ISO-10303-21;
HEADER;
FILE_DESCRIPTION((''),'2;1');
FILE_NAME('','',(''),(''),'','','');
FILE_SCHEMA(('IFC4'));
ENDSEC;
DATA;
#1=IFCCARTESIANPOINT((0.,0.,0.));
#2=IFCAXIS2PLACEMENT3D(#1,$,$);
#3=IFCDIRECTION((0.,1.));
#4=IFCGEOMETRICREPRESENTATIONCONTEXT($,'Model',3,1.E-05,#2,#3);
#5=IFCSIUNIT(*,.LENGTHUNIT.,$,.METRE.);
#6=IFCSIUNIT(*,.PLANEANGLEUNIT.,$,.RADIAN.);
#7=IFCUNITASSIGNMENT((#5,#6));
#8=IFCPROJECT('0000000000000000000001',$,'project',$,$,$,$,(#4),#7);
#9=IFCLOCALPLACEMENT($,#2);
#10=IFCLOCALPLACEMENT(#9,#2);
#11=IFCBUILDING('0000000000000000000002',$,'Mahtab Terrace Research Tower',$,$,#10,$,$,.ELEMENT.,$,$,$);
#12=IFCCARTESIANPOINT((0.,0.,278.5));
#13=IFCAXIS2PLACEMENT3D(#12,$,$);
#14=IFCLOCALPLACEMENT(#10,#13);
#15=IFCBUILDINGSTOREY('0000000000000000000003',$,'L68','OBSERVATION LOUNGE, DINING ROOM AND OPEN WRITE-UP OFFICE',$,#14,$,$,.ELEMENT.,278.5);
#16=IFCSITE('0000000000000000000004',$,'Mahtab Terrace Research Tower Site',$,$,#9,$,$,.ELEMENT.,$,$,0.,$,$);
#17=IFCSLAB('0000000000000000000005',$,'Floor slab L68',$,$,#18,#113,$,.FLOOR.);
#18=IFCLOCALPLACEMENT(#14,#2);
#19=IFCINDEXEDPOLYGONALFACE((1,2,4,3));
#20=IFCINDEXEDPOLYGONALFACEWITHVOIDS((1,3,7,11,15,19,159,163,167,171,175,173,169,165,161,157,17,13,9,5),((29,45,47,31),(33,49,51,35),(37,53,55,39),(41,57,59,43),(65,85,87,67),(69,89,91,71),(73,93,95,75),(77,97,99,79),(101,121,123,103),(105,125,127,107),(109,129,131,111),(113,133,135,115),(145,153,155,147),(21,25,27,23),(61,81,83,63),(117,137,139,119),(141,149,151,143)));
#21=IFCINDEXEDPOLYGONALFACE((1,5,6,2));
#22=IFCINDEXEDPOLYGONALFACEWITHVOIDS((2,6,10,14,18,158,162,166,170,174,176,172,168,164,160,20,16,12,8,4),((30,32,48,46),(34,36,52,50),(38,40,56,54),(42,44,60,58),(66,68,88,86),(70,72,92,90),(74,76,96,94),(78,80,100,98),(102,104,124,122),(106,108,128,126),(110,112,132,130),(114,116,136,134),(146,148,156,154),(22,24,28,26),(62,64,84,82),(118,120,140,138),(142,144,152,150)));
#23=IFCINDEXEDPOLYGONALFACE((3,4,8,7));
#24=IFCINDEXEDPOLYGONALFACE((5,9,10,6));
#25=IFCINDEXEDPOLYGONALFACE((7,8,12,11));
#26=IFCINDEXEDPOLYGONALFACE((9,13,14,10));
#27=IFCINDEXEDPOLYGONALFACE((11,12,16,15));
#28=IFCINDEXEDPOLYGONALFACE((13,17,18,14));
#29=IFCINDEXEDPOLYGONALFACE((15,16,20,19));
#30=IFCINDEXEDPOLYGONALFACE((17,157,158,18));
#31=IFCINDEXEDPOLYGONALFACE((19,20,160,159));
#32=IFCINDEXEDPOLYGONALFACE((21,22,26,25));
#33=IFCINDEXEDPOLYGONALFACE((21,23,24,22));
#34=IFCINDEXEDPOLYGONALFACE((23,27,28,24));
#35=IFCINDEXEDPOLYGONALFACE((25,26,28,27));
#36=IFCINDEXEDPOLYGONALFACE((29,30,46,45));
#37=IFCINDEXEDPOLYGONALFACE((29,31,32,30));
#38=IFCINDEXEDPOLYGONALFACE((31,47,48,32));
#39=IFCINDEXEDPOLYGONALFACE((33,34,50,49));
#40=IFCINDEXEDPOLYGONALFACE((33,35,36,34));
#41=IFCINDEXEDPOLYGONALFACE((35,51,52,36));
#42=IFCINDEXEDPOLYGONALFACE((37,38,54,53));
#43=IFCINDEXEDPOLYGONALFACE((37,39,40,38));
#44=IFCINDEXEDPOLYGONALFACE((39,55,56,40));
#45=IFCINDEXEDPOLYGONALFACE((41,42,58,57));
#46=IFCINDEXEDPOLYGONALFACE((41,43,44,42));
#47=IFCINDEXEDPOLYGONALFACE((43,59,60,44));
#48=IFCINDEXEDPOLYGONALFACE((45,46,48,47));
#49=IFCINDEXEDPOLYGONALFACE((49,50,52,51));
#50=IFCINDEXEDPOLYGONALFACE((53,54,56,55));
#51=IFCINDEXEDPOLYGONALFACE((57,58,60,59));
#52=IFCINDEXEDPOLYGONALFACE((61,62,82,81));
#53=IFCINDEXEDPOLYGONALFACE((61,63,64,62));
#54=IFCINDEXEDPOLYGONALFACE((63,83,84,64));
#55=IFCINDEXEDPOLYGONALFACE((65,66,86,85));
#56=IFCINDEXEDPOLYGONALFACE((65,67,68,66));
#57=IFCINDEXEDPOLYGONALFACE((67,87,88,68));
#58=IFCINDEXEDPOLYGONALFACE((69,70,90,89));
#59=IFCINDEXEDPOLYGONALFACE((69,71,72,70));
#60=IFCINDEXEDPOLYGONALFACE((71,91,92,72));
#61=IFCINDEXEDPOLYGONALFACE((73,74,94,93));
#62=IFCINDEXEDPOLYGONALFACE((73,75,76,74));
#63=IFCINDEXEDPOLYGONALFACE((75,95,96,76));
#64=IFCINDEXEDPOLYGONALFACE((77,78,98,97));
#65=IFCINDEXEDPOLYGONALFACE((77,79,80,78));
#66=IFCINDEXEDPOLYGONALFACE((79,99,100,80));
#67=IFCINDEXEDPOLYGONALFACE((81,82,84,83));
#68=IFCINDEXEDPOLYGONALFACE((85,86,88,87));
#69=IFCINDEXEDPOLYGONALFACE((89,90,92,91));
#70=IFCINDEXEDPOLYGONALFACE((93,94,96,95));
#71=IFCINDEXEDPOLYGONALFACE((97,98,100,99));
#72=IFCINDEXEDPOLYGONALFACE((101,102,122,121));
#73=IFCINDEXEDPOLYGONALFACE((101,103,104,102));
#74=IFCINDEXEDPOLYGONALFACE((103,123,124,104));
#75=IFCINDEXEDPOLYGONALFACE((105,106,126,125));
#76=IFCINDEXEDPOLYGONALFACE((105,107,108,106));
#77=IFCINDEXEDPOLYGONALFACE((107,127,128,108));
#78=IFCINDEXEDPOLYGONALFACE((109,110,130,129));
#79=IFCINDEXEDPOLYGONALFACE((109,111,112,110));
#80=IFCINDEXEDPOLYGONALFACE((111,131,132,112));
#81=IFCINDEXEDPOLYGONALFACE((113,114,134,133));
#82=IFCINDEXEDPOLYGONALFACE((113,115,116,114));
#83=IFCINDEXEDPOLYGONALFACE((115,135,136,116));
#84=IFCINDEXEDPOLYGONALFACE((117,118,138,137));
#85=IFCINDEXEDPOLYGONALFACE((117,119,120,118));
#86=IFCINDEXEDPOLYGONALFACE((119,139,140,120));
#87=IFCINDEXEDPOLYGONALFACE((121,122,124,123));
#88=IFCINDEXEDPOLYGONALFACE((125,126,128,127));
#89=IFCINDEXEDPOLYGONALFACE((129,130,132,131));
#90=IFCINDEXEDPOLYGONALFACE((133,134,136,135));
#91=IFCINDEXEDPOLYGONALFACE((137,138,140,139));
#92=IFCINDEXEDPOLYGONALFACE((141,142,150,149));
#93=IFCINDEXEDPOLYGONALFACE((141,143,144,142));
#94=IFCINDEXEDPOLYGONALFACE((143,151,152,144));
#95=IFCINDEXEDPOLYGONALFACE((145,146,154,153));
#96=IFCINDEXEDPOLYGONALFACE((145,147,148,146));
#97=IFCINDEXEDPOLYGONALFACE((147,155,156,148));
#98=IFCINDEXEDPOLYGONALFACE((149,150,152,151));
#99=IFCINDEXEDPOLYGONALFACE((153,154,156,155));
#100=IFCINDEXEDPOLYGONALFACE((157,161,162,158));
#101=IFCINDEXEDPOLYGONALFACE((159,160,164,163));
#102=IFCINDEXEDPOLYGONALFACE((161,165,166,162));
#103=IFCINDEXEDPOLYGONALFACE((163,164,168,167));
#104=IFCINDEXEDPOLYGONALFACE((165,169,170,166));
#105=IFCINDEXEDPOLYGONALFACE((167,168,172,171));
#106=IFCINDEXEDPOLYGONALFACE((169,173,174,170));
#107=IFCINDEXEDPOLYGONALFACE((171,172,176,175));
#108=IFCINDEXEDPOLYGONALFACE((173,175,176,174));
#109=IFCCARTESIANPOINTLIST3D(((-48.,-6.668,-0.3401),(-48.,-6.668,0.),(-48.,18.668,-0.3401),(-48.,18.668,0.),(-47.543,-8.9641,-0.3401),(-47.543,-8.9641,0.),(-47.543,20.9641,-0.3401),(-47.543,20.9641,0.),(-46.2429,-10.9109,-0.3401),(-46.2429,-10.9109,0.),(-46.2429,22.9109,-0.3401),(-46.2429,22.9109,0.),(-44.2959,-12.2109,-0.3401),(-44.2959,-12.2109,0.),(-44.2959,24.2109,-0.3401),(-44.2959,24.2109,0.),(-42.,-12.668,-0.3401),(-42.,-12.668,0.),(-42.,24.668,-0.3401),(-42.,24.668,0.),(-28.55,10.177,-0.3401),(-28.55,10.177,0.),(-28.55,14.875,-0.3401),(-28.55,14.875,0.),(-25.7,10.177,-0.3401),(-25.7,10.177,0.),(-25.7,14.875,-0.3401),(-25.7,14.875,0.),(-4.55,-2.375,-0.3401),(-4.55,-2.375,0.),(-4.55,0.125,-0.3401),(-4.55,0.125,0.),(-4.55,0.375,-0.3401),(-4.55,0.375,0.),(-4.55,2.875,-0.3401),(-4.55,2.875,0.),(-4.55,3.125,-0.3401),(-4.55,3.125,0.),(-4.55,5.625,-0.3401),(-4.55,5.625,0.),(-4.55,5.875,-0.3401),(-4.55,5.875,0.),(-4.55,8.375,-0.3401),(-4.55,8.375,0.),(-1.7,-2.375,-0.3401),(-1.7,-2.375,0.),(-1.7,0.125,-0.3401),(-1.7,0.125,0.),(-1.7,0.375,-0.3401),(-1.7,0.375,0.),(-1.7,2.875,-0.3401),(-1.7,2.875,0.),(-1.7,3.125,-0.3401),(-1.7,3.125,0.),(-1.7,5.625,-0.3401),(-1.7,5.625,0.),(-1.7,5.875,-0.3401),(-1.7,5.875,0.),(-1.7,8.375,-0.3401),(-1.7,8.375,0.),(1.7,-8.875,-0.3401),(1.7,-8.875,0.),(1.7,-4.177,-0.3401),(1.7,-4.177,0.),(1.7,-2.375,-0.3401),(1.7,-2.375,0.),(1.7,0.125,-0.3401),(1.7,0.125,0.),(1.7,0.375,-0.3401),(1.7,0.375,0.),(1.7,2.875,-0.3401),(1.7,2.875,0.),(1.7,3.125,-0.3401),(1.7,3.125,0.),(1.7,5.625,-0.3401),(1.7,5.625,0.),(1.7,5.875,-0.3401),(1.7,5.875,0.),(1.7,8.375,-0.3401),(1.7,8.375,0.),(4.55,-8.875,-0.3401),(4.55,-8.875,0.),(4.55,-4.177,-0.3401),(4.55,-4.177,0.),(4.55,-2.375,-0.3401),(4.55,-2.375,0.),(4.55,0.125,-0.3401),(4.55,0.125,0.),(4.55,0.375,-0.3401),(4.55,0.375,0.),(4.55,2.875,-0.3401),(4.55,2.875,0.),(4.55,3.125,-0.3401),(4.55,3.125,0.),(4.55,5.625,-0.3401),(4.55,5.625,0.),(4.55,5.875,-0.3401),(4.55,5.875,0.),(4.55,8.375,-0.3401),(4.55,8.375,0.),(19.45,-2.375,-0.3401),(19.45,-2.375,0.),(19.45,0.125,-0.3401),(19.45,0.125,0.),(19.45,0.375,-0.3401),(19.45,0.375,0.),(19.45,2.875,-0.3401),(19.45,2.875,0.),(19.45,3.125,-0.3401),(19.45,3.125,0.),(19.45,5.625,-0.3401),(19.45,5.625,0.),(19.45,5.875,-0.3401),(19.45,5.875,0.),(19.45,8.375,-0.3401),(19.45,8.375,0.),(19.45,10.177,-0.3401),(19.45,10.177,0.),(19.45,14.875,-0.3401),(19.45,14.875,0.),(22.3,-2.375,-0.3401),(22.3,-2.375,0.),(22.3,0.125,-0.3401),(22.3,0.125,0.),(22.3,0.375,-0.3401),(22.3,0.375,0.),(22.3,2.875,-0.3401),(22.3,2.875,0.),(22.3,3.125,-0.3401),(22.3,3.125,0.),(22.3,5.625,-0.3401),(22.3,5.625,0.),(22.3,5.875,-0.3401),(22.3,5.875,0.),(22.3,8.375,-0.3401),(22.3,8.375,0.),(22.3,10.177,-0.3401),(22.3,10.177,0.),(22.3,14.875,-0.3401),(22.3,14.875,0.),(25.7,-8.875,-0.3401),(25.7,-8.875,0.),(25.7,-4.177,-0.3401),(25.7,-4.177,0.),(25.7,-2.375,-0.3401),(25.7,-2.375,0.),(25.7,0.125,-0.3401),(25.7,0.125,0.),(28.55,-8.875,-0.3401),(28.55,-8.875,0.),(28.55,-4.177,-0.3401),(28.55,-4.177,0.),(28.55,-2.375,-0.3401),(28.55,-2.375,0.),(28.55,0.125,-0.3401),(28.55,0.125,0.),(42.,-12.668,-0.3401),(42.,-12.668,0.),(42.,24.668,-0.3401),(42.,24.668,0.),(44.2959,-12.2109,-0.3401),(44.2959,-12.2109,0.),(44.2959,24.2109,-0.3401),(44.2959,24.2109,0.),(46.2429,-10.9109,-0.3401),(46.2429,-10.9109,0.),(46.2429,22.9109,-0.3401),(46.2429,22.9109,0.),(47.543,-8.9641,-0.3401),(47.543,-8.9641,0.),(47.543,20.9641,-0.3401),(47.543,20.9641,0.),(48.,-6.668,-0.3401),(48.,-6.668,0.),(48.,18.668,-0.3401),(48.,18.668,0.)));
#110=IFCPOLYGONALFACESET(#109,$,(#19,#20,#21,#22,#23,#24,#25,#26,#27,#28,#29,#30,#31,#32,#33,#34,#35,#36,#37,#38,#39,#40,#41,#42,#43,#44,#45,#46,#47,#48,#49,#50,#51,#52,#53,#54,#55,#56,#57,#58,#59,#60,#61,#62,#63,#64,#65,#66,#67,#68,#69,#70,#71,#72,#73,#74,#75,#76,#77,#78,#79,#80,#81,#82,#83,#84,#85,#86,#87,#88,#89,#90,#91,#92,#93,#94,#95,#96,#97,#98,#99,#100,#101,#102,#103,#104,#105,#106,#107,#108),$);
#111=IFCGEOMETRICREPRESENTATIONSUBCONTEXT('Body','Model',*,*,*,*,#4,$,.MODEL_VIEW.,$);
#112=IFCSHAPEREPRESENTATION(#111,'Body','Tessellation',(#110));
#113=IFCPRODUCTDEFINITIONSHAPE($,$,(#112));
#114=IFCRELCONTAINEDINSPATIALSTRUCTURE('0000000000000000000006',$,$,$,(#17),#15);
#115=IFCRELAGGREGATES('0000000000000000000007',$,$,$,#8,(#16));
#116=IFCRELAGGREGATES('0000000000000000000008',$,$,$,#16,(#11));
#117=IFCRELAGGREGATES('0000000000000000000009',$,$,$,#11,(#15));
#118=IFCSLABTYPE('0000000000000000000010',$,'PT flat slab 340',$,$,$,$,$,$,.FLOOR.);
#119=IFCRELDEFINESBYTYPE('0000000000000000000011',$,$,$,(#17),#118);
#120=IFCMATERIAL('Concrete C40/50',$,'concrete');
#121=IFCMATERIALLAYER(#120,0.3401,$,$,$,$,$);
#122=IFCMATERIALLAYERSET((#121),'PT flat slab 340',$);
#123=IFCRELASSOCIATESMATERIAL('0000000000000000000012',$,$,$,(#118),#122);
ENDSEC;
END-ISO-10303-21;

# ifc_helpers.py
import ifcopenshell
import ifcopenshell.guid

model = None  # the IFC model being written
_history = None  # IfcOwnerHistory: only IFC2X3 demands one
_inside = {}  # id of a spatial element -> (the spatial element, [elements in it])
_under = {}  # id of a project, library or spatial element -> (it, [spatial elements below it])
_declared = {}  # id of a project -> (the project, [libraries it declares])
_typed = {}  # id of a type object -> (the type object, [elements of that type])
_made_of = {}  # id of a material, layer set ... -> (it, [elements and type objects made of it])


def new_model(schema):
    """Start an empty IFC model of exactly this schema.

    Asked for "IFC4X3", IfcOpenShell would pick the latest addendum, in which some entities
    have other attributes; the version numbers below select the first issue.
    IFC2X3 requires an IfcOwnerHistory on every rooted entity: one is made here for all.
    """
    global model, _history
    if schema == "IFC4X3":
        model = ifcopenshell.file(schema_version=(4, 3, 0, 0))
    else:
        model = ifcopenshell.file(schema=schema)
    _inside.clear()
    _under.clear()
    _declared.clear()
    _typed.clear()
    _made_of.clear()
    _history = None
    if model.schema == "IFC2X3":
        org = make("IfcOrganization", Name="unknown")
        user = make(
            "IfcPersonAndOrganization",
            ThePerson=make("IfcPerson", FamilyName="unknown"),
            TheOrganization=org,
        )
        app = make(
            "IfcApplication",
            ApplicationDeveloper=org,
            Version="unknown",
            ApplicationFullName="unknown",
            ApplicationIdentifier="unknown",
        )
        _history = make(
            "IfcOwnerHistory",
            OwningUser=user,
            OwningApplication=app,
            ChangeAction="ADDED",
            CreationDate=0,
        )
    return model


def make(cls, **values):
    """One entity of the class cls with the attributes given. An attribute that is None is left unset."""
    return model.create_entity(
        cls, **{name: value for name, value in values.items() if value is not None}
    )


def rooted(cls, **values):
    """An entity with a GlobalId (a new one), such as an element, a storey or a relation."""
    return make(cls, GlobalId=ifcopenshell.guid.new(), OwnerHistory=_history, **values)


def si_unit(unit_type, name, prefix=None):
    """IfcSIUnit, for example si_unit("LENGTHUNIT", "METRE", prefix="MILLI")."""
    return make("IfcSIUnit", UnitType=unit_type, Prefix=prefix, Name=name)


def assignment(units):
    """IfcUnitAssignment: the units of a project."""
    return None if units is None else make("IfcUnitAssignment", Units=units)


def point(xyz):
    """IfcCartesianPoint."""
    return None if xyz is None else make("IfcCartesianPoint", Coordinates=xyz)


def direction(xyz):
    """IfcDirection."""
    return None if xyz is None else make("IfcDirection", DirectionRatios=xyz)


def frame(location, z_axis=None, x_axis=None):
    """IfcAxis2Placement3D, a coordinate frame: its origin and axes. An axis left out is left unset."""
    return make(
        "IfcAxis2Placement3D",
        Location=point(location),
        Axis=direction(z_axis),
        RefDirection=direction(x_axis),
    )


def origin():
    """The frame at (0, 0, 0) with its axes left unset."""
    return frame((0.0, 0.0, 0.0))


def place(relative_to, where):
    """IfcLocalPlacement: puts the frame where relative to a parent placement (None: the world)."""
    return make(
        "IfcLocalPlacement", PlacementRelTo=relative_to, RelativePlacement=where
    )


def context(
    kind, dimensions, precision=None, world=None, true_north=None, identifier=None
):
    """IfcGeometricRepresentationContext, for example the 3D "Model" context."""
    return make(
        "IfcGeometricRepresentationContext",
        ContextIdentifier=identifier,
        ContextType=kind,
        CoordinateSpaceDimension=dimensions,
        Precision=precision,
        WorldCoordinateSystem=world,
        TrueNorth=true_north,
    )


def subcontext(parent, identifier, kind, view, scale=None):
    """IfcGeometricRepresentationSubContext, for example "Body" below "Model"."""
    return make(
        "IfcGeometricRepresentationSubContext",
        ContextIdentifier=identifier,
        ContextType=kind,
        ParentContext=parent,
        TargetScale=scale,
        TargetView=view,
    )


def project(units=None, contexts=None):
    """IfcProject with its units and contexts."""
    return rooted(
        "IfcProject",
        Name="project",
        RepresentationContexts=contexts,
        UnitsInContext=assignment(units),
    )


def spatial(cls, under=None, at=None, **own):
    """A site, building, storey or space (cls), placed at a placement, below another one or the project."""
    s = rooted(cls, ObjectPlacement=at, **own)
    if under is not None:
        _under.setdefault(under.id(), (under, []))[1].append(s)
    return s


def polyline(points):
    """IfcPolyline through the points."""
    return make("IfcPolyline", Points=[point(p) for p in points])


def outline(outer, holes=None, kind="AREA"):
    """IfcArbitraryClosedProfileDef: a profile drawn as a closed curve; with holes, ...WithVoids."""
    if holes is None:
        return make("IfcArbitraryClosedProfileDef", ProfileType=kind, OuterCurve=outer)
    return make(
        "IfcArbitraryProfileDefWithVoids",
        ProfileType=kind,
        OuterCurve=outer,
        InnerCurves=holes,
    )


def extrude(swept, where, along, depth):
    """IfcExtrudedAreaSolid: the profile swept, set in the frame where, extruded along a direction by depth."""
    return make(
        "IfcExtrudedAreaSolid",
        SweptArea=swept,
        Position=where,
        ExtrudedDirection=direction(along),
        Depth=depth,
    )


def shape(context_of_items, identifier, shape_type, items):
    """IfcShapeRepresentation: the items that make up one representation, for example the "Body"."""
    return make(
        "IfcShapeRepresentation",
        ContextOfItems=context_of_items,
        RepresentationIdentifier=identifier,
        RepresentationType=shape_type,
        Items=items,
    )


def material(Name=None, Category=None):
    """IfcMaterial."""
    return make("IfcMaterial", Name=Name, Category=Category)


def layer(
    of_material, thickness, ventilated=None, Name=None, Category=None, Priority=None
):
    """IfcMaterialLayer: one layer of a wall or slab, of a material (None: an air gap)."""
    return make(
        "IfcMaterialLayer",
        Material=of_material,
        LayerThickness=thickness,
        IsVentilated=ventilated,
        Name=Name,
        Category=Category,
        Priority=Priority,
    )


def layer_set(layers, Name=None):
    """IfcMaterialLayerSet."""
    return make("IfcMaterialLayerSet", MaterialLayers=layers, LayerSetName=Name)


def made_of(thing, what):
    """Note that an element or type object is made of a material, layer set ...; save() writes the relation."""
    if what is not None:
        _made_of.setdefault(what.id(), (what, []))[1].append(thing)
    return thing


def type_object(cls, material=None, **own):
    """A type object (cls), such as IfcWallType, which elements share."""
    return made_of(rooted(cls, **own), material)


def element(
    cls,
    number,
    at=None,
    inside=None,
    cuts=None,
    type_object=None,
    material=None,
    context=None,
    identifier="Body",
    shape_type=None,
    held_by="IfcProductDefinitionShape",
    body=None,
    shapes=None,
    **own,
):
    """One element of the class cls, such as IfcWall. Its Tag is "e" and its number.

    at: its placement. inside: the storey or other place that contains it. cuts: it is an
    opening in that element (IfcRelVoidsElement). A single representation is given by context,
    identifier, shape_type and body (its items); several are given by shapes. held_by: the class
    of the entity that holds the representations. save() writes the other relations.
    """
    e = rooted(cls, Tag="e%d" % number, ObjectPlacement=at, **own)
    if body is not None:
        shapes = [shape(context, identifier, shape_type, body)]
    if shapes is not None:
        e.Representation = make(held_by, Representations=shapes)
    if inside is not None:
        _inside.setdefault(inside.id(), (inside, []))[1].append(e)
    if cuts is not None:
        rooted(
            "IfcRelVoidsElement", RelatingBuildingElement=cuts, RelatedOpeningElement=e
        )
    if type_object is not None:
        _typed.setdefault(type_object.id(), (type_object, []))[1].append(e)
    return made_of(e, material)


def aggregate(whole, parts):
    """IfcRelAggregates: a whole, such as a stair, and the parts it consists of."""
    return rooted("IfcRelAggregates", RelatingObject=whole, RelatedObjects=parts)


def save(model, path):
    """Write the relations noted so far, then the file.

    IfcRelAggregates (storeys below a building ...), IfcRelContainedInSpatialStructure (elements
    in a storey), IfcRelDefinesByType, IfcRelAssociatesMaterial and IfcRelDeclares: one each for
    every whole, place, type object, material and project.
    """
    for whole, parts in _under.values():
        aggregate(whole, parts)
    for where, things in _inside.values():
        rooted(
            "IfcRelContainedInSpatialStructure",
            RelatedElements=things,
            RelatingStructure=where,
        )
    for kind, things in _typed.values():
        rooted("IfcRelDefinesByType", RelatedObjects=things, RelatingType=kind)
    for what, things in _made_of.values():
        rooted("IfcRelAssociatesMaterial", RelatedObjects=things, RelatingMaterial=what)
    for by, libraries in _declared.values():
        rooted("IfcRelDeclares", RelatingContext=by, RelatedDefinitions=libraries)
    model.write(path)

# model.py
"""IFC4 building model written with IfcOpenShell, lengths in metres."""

from ifc_helpers import new_model, si_unit, direction, frame, origin, place, context, subcontext, project, spatial, polyline, outline, extrude, material, layer, layer_set, type_object, element, save


model = new_model("IFC4")

# Units and contexts
model_context = context("Model", 3, precision=1e-05, world=origin(), true_north=direction((0.0, 1.0)))
body_context = subcontext(model_context, "Body", "Model", "MODEL_VIEW")
ifc_project = project(units=[si_unit("LENGTHUNIT", "METRE"), si_unit("PLANEANGLEUNIT", "RADIAN")], contexts=[model_context])

# Site, building, storey
site_placement = place(None, origin())
site = spatial("IfcSite", under=ifc_project, at=site_placement, Name="Mahtab Terrace Research Tower Site", CompositionType="ELEMENT", RefElevation=0.0)
building_placement = place(site_placement, origin())
building = spatial("IfcBuilding", under=site, at=building_placement, Name="Mahtab Terrace Research Tower", CompositionType="ELEMENT")
storey_placement = place(building_placement, frame((0.0, 0.0, 278.5)))
storey = spatial("IfcBuildingStorey", under=building, at=storey_placement, Name="L68", Description="OBSERVATION LOUNGE, DINING ROOM AND OPEN WRITE-UP OFFICE", CompositionType="ELEMENT", Elevation=278.5)

# Shared definitions
ifc_material_1 = material(Name="Concrete C40/50", Category="concrete")

# Slab
ifc_layer_1 = layer(ifc_material_1, 0.3401)
ifc_layer_set_1 = layer_set([ifc_layer_1], Name="PT flat slab 340")
slab_type_1 = type_object("IfcSlabType", Name="PT flat slab 340", PredefinedType="FLOOR", material=ifc_layer_set_1)
slab_1_placement = place(storey_placement, frame((0.0, 0.0, -0.3401)))
element("IfcSlab", 1, at=slab_1_placement, inside=storey, type_object=slab_type_1, Name="Floor slab L68", PredefinedType="FLOOR", context=body_context, shape_type="SweptSolid", body=[
    extrude(outline(polyline([(47.543, 20.9641), (46.2429, 22.9109), (44.2959, 24.2109), (42.0, 24.668), (-42.0, 24.668), (-44.2959, 24.2109), (-46.2429, 22.9109), (-47.543, 20.9641), (-48.0, 18.668), (-48.0, -6.668), (-47.543, -8.9641), (-46.2429, -10.9109), (-44.2959, -12.2109), (-42.0, -12.668), (42.0, -12.668), (44.2959, -12.2109), (46.2429, -10.9109), (47.543, -8.9641), (48.0, -6.668), (48.0, 18.668), (47.543, 20.9641)]), holes=[polyline([(-4.55, -2.375), (-4.55, 0.125), (-1.7, 0.125), (-1.7, -2.375), (-4.55, -2.375)]), polyline([(1.7, -2.375), (1.7, 0.125), (4.55, 0.125), (4.55, -2.375), (1.7, -2.375)]), polyline([(-4.55, 0.375), (-4.55, 2.875), (-1.7, 2.875), (-1.7, 0.375), (-4.55, 0.375)]), polyline([(1.7, 0.375), (1.7, 2.875), (4.55, 2.875), (4.55, 0.375), (1.7, 0.375)]), polyline([(-4.55, 3.125), (-4.55, 5.625), (-1.7, 5.625), (-1.7, 3.125), (-4.55, 3.125)]), polyline([(1.7, 3.125), (1.7, 5.625), (4.55, 5.625), (4.55, 3.125), (1.7, 3.125)]), polyline([(-4.55, 5.875), (-4.55, 8.375), (-1.7, 8.375), (-1.7, 5.875), (-4.55, 5.875)]), polyline([(1.7, 5.875), (1.7, 8.375), (4.55, 8.375), (4.55, 5.875), (1.7, 5.875)]), polyline([(-28.55, 10.177), (-28.55, 14.875), (-25.7, 14.875), (-25.7, 10.177), (-28.55, 10.177)]), polyline([(1.7, -8.875), (1.7, -4.177), (4.55, -4.177), (4.55, -8.875), (1.7, -8.875)]), polyline([(25.7, -8.875), (25.7, -4.177), (28.55, -4.177), (28.55, -8.875), (25.7, -8.875)]), polyline([(19.45, -2.375), (19.45, 0.125), (22.3, 0.125), (22.3, -2.375), (19.45, -2.375)]), polyline([(25.7, -2.375), (25.7, 0.125), (28.55, 0.125), (28.55, -2.375), (25.7, -2.375)]), polyline([(19.45, 0.375), (19.45, 2.875), (22.3, 2.875), (22.3, 0.375), (19.45, 0.375)]), polyline([(19.45, 3.125), (19.45, 5.625), (22.3, 5.625), (22.3, 3.125), (19.45, 3.125)]), polyline([(19.45, 8.375), (22.3, 8.375), (22.3, 5.875), (19.45, 5.875), (19.45, 8.375)]), polyline([(19.45, 14.875), (22.3, 14.875), (22.3, 10.177), (19.45, 10.177), (19.45, 14.875)])]), origin(), (0.0, 0.0, 1.0), 0.3401),
])

save(model, "model.ifc")
